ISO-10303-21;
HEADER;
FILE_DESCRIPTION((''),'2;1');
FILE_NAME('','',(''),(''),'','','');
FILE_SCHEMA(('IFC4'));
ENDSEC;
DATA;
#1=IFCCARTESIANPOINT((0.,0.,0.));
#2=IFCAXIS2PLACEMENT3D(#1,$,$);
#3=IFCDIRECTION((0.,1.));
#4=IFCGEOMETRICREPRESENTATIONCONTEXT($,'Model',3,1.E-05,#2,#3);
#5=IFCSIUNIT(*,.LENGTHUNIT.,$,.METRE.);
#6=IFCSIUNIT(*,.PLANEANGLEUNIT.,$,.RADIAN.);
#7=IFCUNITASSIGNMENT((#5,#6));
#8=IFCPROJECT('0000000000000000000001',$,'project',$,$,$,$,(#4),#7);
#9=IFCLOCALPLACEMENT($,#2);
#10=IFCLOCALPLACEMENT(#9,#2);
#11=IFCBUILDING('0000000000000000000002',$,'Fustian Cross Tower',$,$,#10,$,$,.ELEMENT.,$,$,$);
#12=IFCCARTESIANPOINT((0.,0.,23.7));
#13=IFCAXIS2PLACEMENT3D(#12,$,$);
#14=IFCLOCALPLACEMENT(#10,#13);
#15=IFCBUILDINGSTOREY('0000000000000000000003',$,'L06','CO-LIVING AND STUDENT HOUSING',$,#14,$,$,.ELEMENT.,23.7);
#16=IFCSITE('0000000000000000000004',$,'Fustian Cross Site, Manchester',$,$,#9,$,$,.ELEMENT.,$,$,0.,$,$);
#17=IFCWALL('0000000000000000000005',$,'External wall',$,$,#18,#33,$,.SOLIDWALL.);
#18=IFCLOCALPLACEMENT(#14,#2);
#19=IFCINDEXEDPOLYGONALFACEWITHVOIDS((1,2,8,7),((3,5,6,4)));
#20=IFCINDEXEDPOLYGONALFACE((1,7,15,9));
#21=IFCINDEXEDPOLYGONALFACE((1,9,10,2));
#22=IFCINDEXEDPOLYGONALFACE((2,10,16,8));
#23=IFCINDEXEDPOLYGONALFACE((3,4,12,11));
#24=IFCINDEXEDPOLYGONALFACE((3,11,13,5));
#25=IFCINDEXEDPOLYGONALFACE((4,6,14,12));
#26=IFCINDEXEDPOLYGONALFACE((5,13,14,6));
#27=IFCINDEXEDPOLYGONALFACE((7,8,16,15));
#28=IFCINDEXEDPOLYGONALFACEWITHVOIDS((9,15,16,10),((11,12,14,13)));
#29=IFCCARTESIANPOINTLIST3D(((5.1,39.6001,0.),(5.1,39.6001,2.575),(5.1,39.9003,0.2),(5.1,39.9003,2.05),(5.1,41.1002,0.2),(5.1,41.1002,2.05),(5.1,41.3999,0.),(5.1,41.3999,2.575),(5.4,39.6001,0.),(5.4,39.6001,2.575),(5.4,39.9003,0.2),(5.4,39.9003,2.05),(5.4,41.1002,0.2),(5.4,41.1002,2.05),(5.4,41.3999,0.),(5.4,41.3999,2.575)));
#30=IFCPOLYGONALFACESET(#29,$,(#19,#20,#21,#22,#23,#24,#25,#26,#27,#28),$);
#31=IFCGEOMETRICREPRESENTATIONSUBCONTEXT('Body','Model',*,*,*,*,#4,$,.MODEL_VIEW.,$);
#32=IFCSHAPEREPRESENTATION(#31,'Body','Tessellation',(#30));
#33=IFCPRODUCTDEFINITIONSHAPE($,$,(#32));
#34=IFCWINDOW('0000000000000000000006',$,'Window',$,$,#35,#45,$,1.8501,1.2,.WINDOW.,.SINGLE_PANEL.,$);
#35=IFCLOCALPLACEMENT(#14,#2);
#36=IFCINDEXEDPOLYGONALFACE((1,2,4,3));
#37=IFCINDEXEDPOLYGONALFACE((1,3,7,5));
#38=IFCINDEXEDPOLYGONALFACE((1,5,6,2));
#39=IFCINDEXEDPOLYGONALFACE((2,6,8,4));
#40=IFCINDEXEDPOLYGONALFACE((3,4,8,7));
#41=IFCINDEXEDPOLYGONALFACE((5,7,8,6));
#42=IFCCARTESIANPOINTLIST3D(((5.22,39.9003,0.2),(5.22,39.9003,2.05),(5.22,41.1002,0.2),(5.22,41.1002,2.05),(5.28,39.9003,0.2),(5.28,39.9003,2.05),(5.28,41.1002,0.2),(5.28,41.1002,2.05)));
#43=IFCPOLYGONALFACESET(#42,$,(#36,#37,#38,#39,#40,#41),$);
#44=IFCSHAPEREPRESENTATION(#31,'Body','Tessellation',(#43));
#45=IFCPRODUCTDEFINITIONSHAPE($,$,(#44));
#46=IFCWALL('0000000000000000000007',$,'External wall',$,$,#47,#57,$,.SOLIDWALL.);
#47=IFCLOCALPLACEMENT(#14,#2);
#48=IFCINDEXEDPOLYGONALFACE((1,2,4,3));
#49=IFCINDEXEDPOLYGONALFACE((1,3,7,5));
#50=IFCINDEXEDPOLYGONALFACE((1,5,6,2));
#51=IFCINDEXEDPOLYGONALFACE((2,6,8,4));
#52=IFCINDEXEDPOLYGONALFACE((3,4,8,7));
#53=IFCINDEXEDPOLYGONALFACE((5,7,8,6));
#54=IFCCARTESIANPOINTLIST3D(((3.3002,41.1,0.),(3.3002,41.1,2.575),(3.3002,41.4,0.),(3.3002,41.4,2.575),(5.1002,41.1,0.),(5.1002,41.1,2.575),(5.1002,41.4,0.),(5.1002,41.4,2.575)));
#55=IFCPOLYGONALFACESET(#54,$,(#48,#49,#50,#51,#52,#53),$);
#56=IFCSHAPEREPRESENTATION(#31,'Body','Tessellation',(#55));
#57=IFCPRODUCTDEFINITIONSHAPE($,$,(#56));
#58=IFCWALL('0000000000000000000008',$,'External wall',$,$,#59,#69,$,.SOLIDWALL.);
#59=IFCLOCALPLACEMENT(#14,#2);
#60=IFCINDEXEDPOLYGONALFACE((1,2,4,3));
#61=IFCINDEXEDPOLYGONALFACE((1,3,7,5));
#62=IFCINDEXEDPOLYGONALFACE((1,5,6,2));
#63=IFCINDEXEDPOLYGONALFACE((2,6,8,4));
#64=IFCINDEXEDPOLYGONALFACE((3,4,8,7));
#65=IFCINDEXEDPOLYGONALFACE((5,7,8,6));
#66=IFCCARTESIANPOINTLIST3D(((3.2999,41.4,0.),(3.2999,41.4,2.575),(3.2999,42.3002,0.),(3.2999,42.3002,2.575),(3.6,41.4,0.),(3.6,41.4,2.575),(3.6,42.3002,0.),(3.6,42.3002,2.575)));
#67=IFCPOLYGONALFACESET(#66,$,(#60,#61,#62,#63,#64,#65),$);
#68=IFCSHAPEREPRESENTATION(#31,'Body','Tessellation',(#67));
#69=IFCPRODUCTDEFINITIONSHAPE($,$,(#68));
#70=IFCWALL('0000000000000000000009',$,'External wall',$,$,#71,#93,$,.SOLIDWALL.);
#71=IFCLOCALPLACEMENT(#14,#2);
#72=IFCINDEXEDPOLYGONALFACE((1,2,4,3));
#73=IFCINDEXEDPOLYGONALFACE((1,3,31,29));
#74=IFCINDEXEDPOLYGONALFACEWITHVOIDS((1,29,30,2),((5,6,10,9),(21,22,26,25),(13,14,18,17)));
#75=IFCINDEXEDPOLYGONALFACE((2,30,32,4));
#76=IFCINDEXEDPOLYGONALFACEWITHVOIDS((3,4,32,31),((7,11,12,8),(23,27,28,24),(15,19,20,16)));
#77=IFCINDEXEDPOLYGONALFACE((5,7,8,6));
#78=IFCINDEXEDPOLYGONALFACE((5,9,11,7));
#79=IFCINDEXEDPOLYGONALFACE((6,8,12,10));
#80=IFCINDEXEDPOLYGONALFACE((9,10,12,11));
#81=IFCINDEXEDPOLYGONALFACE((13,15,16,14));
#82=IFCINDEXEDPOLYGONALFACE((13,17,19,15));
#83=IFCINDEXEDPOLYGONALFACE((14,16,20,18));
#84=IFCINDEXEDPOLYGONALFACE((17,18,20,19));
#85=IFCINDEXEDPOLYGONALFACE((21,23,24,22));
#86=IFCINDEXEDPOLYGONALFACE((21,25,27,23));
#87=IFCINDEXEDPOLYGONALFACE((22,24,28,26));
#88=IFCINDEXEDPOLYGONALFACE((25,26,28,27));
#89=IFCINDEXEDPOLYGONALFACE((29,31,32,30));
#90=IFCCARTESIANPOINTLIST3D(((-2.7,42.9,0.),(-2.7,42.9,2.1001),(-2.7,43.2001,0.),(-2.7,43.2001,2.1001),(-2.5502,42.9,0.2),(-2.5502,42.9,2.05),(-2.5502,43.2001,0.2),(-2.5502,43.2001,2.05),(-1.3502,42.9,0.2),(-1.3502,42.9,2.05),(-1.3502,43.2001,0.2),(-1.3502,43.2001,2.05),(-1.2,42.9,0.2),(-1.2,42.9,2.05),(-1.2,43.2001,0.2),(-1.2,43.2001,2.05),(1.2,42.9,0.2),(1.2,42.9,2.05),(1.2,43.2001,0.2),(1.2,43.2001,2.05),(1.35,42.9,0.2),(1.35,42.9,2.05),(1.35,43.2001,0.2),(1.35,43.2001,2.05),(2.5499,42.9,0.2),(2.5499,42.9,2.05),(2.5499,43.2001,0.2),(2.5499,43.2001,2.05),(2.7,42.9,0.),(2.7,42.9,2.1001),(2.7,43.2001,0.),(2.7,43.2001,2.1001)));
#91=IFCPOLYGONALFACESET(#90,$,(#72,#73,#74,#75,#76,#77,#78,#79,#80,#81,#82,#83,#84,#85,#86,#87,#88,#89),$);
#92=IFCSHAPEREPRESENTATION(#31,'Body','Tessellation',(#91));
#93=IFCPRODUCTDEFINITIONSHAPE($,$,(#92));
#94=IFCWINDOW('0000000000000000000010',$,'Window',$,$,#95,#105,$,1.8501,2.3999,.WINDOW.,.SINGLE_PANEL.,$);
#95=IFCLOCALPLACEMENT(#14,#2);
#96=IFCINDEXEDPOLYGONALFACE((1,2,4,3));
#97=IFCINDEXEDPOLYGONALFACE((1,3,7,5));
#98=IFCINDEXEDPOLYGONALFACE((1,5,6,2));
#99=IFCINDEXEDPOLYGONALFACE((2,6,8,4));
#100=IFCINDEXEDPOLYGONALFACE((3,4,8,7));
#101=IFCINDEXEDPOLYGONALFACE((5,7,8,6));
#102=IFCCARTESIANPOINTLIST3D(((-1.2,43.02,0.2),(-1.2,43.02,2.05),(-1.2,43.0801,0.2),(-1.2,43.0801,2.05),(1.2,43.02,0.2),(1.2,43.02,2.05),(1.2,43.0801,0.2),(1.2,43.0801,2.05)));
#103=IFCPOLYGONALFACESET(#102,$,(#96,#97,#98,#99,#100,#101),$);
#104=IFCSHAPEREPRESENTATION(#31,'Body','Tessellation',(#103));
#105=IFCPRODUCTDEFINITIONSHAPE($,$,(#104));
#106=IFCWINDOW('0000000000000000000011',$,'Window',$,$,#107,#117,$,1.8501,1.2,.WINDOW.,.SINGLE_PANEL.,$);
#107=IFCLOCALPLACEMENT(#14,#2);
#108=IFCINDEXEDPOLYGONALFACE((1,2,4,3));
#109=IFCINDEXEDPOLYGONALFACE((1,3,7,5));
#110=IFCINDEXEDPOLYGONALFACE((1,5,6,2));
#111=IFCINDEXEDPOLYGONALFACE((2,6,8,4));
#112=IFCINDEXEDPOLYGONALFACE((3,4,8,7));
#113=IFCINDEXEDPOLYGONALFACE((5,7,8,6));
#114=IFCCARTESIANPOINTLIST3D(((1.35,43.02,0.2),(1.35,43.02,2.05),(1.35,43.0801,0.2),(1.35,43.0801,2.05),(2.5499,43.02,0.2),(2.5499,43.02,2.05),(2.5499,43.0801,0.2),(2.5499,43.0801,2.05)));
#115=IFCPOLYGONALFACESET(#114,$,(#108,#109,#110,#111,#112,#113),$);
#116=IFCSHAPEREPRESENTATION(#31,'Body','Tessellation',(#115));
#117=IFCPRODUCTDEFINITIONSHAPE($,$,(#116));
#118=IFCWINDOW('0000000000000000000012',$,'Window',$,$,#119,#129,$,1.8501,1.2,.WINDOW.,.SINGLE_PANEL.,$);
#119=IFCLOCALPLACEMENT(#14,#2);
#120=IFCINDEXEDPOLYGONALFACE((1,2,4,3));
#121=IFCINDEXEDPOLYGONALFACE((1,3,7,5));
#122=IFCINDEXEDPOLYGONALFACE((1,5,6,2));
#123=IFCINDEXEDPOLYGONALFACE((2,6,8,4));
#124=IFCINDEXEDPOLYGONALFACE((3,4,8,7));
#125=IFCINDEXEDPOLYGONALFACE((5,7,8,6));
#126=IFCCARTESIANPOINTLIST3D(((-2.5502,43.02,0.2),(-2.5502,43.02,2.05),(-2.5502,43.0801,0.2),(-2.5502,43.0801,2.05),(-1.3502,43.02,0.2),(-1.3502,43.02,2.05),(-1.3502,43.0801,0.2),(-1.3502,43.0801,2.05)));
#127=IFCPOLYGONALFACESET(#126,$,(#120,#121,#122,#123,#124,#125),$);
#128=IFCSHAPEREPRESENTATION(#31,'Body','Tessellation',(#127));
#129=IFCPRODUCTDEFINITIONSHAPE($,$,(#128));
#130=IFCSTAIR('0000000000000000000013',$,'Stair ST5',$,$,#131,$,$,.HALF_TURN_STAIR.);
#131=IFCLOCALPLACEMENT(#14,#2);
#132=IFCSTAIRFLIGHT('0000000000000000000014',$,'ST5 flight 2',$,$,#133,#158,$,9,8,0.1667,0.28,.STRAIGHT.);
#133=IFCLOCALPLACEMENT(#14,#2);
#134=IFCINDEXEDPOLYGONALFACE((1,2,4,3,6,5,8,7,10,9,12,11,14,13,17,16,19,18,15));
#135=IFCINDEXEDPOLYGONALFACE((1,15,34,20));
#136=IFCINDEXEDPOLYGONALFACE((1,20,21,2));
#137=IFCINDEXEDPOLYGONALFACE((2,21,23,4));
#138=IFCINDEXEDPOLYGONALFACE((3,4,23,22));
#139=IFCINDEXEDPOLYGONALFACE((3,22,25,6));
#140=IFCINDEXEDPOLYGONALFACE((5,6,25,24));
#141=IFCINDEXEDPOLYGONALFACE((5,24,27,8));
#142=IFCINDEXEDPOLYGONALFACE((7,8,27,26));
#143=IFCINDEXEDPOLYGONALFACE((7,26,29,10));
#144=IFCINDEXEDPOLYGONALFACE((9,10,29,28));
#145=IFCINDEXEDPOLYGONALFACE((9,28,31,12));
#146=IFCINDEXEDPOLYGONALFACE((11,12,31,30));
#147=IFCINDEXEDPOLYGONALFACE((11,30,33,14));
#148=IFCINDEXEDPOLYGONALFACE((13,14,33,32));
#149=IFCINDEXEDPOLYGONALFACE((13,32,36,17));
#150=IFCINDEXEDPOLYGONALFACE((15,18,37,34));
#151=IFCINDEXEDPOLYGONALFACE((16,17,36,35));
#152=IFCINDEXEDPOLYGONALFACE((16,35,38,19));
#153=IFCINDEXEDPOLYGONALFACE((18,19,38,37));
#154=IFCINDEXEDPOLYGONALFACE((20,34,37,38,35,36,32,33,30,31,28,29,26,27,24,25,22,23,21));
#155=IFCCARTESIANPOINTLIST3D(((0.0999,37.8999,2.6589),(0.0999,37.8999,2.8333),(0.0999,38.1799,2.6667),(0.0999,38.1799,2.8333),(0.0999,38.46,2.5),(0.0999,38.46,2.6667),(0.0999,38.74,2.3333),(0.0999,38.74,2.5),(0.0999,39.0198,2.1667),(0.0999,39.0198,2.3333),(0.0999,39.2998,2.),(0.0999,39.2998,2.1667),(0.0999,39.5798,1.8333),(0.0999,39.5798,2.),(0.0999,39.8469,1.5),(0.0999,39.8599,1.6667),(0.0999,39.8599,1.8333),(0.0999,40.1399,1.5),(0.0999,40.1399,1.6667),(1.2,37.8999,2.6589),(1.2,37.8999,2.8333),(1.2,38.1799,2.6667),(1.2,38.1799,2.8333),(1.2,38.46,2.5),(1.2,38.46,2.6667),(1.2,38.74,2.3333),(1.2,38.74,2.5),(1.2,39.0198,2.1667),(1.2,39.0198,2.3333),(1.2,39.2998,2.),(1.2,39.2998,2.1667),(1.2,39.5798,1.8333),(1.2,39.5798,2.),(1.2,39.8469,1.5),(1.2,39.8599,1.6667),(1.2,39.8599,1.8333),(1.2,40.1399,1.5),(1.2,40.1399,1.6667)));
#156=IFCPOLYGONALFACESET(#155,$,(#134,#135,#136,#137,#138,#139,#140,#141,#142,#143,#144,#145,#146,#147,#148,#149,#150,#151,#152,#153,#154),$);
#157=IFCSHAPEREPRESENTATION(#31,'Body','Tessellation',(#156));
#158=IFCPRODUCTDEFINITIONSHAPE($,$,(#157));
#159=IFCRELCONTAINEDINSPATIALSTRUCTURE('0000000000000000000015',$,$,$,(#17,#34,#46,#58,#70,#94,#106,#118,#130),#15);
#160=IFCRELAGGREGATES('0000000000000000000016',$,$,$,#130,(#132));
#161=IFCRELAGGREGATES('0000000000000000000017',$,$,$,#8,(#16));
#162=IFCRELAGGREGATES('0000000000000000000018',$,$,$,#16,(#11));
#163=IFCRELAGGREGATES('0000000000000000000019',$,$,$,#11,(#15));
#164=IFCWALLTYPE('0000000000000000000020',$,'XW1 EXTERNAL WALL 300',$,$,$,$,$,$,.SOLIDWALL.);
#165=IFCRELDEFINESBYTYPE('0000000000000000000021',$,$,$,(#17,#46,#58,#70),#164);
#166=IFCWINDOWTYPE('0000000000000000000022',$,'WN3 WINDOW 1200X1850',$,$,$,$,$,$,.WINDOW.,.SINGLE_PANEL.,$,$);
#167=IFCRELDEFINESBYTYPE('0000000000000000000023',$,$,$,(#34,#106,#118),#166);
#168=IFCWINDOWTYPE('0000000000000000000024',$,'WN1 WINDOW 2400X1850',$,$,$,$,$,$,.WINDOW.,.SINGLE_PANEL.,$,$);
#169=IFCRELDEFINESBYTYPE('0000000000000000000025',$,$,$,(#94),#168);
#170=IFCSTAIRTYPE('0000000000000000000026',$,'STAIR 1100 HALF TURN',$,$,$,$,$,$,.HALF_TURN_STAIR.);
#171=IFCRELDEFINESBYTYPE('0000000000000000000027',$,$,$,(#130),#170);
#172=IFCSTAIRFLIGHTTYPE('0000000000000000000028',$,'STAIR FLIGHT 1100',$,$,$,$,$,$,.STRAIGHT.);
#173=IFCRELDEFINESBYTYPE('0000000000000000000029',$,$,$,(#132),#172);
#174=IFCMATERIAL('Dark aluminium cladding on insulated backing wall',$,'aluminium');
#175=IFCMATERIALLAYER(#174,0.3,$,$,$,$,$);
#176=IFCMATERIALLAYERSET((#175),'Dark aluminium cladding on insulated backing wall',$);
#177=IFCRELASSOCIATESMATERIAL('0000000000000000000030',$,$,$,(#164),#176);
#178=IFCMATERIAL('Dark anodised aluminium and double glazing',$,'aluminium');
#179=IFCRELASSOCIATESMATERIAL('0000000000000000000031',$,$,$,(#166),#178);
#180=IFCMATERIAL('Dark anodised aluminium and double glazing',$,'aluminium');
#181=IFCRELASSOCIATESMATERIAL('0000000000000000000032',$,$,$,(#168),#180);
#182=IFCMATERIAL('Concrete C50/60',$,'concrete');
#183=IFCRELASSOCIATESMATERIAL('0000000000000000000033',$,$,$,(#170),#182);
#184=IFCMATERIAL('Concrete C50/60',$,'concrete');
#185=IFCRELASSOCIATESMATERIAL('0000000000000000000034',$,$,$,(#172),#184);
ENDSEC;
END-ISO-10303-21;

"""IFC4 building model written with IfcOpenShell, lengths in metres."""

from ifc_helpers import new_model, si_unit, direction, frame, frame_2d, origin, place, context, subcontext, project, spatial, polyline, rectangle, outline, extrude, material, layer, layer_set, type_object, element, fill, aggregate, save


model = new_model("IFC4")

# Units and contexts
model_context = context("Model", 3, precision=1e-05, world=origin(), true_north=direction((0.0, 1.0)))
body_context = subcontext(model_context, "Body", "Model", "MODEL_VIEW")
ifc_project = project(units=[si_unit("LENGTHUNIT", "METRE"), si_unit("PLANEANGLEUNIT", "RADIAN")], contexts=[model_context])

# Site, building, storey
site_placement = place(None, origin())
site = spatial("IfcSite", under=ifc_project, at=site_placement, Name="Fustian Cross Site, Manchester", CompositionType="ELEMENT", RefElevation=0.0)
building_placement = place(site_placement, origin())
building = spatial("IfcBuilding", under=site, at=building_placement, Name="Fustian Cross Tower", CompositionType="ELEMENT")
storey_placement = place(building_placement, frame((0.0, 0.0, 23.7)))
storey = spatial("IfcBuildingStorey", under=building, at=storey_placement, Name="L06", Description="CO-LIVING AND STUDENT HOUSING", CompositionType="ELEMENT", Elevation=23.7)

# Wall, opening, window
ifc_material_1 = material(Name="Dark aluminium cladding on insulated backing wall", Category="aluminium")
ifc_layer_1 = layer(ifc_material_1, 0.3)
ifc_layer_set_1 = layer_set([ifc_layer_1], Name="Dark aluminium cladding on insulated backing wall")
wall_type_1 = type_object("IfcWallType", Name="XW1 EXTERNAL WALL 300", PredefinedType="SOLIDWALL", material=ifc_layer_set_1)
wall_1_placement = place(storey_placement, frame((5.25, 39.6001, 0.0), z_axis=(0.0, 0.0, 1.0), x_axis=(0.0, 1.0, 0.0)))
wall_1 = element("IfcWall", 1, at=wall_1_placement, inside=storey, type_object=wall_type_1, Name="External wall", PredefinedType="SOLIDWALL", context=body_context, shape_type="SweptSolid", body=[
    extrude(rectangle(XDim=1.7998, YDim=0.3, at=frame_2d((0.8999, 0.0))), origin(), (0.0, 0.0, 1.0), 2.575),
])
opening_1_placement = place(wall_1_placement, frame((0.3, 0.0, 0.2)))
opening_1 = element("IfcOpeningElement", 2, at=opening_1_placement, cuts=wall_1, PredefinedType="OPENING", context=body_context, shape_type="SweptSolid", body=[
    extrude(rectangle(XDim=1.2, YDim=1.8501, at=frame_2d((0.6001, 0.925))), frame((0.0, 0.1599, 0.0), z_axis=(0.0, -1.0, 0.0), x_axis=(1.0, 0.0, 0.0)), (0.0, 0.0, 1.0), 0.3201),
])
ifc_material_2 = material(Name="Dark anodised aluminium and double glazing", Category="aluminium")
window_type_1 = type_object("IfcWindowType", Name="WN3 WINDOW 1200X1850", PartitioningType="SINGLE_PANEL", PredefinedType="WINDOW", material=ifc_material_2)
window_1_placement = place(opening_1_placement, origin())
window_1 = element("IfcWindow", 3, at=window_1_placement, inside=storey, type_object=window_type_1, Name="Window", OverallHeight=1.8501, OverallWidth=1.2, PartitioningType="SINGLE_PANEL", PredefinedType="WINDOW", context=body_context, shape_type="SweptSolid", body=[
    extrude(rectangle(XDim=1.2, YDim=1.8501, at=frame_2d((0.6001, 0.925))), frame((0.0, 0.03, 0.0), z_axis=(0.0, -1.0, 0.0), x_axis=(1.0, 0.0, 0.0)), (0.0, 0.0, 1.0), 0.0601),
])
fill(opening_1, window_1)

# Walls
wall_2_placement = place(storey_placement, frame((5.1001, 41.25, 0.0), z_axis=(0.0, 0.0, 1.0), x_axis=(-1.0, 0.0, 0.0)))
element("IfcWall", 4, at=wall_2_placement, inside=storey, type_object=wall_type_1, Name="External wall", PredefinedType="SOLIDWALL", context=body_context, shape_type="SweptSolid", body=[
    extrude(rectangle(XDim=1.8, YDim=0.3, at=frame_2d((0.8999, 0.0))), origin(), (0.0, 0.0, 1.0), 2.575),
])
wall_3_placement = place(storey_placement, frame((3.45, 41.3999, 0.0), z_axis=(0.0, 0.0, 1.0), x_axis=(0.0, 1.0, 0.0)))
element("IfcWall", 5, at=wall_3_placement, inside=storey, type_object=wall_type_1, Name="External wall", PredefinedType="SOLIDWALL", context=body_context, shape_type="SweptSolid", body=[
    extrude(rectangle(XDim=0.9001, YDim=0.3, at=frame_2d((0.4502, 0.0))), origin(), (0.0, 0.0, 1.0), 2.575),
])

# Wall, openings, windows
wall_4_placement = place(storey_placement, frame((2.7, 43.05, 0.0), z_axis=(0.0, 0.0, 1.0), x_axis=(-1.0, 0.0, 0.0)))
wall_4 = element("IfcWall", 6, at=wall_4_placement, inside=storey, type_object=wall_type_1, Name="External wall", PredefinedType="SOLIDWALL", context=body_context, shape_type="SweptSolid", body=[
    extrude(rectangle(XDim=5.3999, YDim=0.3, at=frame_2d((2.7, 0.0))), origin(), (0.0, 0.0, 1.0), 2.1001),
])
opening_2_placement = place(wall_4_placement, frame((1.5, 0.0, 0.2)))
opening_2 = element("IfcOpeningElement", 7, at=opening_2_placement, cuts=wall_4, PredefinedType="OPENING", context=body_context, shape_type="SweptSolid", body=[
    extrude(rectangle(XDim=2.3999, YDim=1.8501, at=frame_2d((1.2, 0.925))), frame((0.0, 0.1599, 0.0), z_axis=(0.0, -1.0, 0.0), x_axis=(1.0, 0.0, 0.0)), (0.0, 0.0, 1.0), 0.3201),
])
opening_3_placement = place(wall_4_placement, frame((0.1499, 0.0, 0.2)))
opening_3 = element("IfcOpeningElement", 8, at=opening_3_placement, cuts=wall_4, PredefinedType="OPENING", context=body_context, shape_type="SweptSolid", body=[
    extrude(rectangle(XDim=1.2, YDim=1.8501, at=frame_2d((0.6001, 0.925))), frame((0.0, 0.1599, 0.0), z_axis=(0.0, -1.0, 0.0), x_axis=(1.0, 0.0, 0.0)), (0.0, 0.0, 1.0), 0.3201),
])
opening_4_placement = place(wall_4_placement, frame((4.05, 0.0, 0.2)))
opening_4 = element("IfcOpeningElement", 9, at=opening_4_placement, cuts=wall_4, PredefinedType="OPENING", context=body_context, shape_type="SweptSolid", body=[
    extrude(rectangle(XDim=1.2, YDim=1.8501, at=frame_2d((0.6001, 0.925))), frame((0.0, 0.1599, 0.0), z_axis=(0.0, -1.0, 0.0), x_axis=(1.0, 0.0, 0.0)), (0.0, 0.0, 1.0), 0.3201),
])
ifc_material_3 = material(Name="Dark anodised aluminium and double glazing", Category="aluminium")
window_type_2 = type_object("IfcWindowType", Name="WN1 WINDOW 2400X1850", PartitioningType="SINGLE_PANEL", PredefinedType="WINDOW", material=ifc_material_3)
window_2_placement = place(opening_2_placement, origin())
window_2 = element("IfcWindow", 10, at=window_2_placement, inside=storey, type_object=window_type_2, Name="Window", OverallHeight=1.8501, OverallWidth=2.3999, PartitioningType="SINGLE_PANEL", PredefinedType="WINDOW", context=body_context, shape_type="SweptSolid", body=[
    extrude(rectangle(XDim=2.3999, YDim=1.8501, at=frame_2d((1.2, 0.925))), frame((0.0, 0.03, 0.0), z_axis=(0.0, -1.0, 0.0), x_axis=(1.0, 0.0, 0.0)), (0.0, 0.0, 1.0), 0.0601),
])
fill(opening_2, window_2)
window_3_placement = place(opening_3_placement, origin())
window_3 = element("IfcWindow", 11, at=window_3_placement, inside=storey, type_object=window_type_1, Name="Window", OverallHeight=1.8501, OverallWidth=1.2, PartitioningType="SINGLE_PANEL", PredefinedType="WINDOW", context=body_context, shape_type="SweptSolid", body=[
    extrude(rectangle(XDim=1.2, YDim=1.8501, at=frame_2d((0.6001, 0.925))), frame((0.0, 0.03, 0.0), z_axis=(0.0, -1.0, 0.0), x_axis=(1.0, 0.0, 0.0)), (0.0, 0.0, 1.0), 0.0601),
])
fill(opening_3, window_3)
window_4_placement = place(opening_4_placement, origin())
window_4 = element("IfcWindow", 12, at=window_4_placement, inside=storey, type_object=window_type_1, Name="Window", OverallHeight=1.8501, OverallWidth=1.2, PartitioningType="SINGLE_PANEL", PredefinedType="WINDOW", context=body_context, shape_type="SweptSolid", body=[
    extrude(rectangle(XDim=1.2, YDim=1.8501, at=frame_2d((0.6001, 0.925))), frame((0.0, 0.03, 0.0), z_axis=(0.0, -1.0, 0.0), x_axis=(1.0, 0.0, 0.0)), (0.0, 0.0, 1.0), 0.0601),
])
fill(opening_4, window_4)

# Stair, stair flight
ifc_material_4 = material(Name="Concrete C50/60", Category="concrete")
stair_type = type_object("IfcStairType", Name="STAIR 1100 HALF TURN", PredefinedType="HALF_TURN_STAIR", material=ifc_material_4)
stair_placement = place(storey_placement, origin())
stair = element("IfcStair", 13, at=stair_placement, inside=storey, type_object=stair_type, Name="Stair ST5", PredefinedType="HALF_TURN_STAIR")
ifc_material_5 = material(Name="Concrete C50/60", Category="concrete")
stair_flight_type = type_object("IfcStairFlightType", Name="STAIR FLIGHT 1100", PredefinedType="STRAIGHT", material=ifc_material_5)
stair_flight_placement = place(storey_placement, frame((0.6499, 40.1399, 1.5), z_axis=(0.0, 0.0, 1.0), x_axis=(0.0, -1.0, 0.0)))
stair_flight = element("IfcStairFlight", 14, at=stair_flight_placement, type_object=stair_flight_type, Name="ST5 flight 2", NumberOfRisers=9, NumberOfTreads=8, PredefinedType="STRAIGHT", RiserHeight=0.1667, TreadLength=0.28, context=body_context, shape_type="SweptSolid", body=[
    extrude(outline(polyline([(0.0, 0.0), (0.0, 0.1667), (0.28, 0.1667), (0.28, 0.3333), (0.5601, 0.3333), (0.5601, 0.5), (0.8401, 0.5), (0.8401, 0.6667), (1.1201, 0.6667), (1.1201, 0.8333), (1.3999, 0.8333), (1.3999, 1.0), (1.6799, 1.0), (1.6799, 1.1667), (1.96, 1.1667), (1.96, 1.3333), (2.24, 1.3333), (2.24, 1.5), (2.24, 1.1589), (0.293, 0.0), (0.0, 0.0)])), frame((0.0, 0.55, 0.0), z_axis=(0.0, -1.0, 0.0), x_axis=(1.0, 0.0, 0.0)), (0.0, 0.0, 1.0), 1.1001),
])
aggregate(stair, [stair_flight])

save(model, "model.ifc")
